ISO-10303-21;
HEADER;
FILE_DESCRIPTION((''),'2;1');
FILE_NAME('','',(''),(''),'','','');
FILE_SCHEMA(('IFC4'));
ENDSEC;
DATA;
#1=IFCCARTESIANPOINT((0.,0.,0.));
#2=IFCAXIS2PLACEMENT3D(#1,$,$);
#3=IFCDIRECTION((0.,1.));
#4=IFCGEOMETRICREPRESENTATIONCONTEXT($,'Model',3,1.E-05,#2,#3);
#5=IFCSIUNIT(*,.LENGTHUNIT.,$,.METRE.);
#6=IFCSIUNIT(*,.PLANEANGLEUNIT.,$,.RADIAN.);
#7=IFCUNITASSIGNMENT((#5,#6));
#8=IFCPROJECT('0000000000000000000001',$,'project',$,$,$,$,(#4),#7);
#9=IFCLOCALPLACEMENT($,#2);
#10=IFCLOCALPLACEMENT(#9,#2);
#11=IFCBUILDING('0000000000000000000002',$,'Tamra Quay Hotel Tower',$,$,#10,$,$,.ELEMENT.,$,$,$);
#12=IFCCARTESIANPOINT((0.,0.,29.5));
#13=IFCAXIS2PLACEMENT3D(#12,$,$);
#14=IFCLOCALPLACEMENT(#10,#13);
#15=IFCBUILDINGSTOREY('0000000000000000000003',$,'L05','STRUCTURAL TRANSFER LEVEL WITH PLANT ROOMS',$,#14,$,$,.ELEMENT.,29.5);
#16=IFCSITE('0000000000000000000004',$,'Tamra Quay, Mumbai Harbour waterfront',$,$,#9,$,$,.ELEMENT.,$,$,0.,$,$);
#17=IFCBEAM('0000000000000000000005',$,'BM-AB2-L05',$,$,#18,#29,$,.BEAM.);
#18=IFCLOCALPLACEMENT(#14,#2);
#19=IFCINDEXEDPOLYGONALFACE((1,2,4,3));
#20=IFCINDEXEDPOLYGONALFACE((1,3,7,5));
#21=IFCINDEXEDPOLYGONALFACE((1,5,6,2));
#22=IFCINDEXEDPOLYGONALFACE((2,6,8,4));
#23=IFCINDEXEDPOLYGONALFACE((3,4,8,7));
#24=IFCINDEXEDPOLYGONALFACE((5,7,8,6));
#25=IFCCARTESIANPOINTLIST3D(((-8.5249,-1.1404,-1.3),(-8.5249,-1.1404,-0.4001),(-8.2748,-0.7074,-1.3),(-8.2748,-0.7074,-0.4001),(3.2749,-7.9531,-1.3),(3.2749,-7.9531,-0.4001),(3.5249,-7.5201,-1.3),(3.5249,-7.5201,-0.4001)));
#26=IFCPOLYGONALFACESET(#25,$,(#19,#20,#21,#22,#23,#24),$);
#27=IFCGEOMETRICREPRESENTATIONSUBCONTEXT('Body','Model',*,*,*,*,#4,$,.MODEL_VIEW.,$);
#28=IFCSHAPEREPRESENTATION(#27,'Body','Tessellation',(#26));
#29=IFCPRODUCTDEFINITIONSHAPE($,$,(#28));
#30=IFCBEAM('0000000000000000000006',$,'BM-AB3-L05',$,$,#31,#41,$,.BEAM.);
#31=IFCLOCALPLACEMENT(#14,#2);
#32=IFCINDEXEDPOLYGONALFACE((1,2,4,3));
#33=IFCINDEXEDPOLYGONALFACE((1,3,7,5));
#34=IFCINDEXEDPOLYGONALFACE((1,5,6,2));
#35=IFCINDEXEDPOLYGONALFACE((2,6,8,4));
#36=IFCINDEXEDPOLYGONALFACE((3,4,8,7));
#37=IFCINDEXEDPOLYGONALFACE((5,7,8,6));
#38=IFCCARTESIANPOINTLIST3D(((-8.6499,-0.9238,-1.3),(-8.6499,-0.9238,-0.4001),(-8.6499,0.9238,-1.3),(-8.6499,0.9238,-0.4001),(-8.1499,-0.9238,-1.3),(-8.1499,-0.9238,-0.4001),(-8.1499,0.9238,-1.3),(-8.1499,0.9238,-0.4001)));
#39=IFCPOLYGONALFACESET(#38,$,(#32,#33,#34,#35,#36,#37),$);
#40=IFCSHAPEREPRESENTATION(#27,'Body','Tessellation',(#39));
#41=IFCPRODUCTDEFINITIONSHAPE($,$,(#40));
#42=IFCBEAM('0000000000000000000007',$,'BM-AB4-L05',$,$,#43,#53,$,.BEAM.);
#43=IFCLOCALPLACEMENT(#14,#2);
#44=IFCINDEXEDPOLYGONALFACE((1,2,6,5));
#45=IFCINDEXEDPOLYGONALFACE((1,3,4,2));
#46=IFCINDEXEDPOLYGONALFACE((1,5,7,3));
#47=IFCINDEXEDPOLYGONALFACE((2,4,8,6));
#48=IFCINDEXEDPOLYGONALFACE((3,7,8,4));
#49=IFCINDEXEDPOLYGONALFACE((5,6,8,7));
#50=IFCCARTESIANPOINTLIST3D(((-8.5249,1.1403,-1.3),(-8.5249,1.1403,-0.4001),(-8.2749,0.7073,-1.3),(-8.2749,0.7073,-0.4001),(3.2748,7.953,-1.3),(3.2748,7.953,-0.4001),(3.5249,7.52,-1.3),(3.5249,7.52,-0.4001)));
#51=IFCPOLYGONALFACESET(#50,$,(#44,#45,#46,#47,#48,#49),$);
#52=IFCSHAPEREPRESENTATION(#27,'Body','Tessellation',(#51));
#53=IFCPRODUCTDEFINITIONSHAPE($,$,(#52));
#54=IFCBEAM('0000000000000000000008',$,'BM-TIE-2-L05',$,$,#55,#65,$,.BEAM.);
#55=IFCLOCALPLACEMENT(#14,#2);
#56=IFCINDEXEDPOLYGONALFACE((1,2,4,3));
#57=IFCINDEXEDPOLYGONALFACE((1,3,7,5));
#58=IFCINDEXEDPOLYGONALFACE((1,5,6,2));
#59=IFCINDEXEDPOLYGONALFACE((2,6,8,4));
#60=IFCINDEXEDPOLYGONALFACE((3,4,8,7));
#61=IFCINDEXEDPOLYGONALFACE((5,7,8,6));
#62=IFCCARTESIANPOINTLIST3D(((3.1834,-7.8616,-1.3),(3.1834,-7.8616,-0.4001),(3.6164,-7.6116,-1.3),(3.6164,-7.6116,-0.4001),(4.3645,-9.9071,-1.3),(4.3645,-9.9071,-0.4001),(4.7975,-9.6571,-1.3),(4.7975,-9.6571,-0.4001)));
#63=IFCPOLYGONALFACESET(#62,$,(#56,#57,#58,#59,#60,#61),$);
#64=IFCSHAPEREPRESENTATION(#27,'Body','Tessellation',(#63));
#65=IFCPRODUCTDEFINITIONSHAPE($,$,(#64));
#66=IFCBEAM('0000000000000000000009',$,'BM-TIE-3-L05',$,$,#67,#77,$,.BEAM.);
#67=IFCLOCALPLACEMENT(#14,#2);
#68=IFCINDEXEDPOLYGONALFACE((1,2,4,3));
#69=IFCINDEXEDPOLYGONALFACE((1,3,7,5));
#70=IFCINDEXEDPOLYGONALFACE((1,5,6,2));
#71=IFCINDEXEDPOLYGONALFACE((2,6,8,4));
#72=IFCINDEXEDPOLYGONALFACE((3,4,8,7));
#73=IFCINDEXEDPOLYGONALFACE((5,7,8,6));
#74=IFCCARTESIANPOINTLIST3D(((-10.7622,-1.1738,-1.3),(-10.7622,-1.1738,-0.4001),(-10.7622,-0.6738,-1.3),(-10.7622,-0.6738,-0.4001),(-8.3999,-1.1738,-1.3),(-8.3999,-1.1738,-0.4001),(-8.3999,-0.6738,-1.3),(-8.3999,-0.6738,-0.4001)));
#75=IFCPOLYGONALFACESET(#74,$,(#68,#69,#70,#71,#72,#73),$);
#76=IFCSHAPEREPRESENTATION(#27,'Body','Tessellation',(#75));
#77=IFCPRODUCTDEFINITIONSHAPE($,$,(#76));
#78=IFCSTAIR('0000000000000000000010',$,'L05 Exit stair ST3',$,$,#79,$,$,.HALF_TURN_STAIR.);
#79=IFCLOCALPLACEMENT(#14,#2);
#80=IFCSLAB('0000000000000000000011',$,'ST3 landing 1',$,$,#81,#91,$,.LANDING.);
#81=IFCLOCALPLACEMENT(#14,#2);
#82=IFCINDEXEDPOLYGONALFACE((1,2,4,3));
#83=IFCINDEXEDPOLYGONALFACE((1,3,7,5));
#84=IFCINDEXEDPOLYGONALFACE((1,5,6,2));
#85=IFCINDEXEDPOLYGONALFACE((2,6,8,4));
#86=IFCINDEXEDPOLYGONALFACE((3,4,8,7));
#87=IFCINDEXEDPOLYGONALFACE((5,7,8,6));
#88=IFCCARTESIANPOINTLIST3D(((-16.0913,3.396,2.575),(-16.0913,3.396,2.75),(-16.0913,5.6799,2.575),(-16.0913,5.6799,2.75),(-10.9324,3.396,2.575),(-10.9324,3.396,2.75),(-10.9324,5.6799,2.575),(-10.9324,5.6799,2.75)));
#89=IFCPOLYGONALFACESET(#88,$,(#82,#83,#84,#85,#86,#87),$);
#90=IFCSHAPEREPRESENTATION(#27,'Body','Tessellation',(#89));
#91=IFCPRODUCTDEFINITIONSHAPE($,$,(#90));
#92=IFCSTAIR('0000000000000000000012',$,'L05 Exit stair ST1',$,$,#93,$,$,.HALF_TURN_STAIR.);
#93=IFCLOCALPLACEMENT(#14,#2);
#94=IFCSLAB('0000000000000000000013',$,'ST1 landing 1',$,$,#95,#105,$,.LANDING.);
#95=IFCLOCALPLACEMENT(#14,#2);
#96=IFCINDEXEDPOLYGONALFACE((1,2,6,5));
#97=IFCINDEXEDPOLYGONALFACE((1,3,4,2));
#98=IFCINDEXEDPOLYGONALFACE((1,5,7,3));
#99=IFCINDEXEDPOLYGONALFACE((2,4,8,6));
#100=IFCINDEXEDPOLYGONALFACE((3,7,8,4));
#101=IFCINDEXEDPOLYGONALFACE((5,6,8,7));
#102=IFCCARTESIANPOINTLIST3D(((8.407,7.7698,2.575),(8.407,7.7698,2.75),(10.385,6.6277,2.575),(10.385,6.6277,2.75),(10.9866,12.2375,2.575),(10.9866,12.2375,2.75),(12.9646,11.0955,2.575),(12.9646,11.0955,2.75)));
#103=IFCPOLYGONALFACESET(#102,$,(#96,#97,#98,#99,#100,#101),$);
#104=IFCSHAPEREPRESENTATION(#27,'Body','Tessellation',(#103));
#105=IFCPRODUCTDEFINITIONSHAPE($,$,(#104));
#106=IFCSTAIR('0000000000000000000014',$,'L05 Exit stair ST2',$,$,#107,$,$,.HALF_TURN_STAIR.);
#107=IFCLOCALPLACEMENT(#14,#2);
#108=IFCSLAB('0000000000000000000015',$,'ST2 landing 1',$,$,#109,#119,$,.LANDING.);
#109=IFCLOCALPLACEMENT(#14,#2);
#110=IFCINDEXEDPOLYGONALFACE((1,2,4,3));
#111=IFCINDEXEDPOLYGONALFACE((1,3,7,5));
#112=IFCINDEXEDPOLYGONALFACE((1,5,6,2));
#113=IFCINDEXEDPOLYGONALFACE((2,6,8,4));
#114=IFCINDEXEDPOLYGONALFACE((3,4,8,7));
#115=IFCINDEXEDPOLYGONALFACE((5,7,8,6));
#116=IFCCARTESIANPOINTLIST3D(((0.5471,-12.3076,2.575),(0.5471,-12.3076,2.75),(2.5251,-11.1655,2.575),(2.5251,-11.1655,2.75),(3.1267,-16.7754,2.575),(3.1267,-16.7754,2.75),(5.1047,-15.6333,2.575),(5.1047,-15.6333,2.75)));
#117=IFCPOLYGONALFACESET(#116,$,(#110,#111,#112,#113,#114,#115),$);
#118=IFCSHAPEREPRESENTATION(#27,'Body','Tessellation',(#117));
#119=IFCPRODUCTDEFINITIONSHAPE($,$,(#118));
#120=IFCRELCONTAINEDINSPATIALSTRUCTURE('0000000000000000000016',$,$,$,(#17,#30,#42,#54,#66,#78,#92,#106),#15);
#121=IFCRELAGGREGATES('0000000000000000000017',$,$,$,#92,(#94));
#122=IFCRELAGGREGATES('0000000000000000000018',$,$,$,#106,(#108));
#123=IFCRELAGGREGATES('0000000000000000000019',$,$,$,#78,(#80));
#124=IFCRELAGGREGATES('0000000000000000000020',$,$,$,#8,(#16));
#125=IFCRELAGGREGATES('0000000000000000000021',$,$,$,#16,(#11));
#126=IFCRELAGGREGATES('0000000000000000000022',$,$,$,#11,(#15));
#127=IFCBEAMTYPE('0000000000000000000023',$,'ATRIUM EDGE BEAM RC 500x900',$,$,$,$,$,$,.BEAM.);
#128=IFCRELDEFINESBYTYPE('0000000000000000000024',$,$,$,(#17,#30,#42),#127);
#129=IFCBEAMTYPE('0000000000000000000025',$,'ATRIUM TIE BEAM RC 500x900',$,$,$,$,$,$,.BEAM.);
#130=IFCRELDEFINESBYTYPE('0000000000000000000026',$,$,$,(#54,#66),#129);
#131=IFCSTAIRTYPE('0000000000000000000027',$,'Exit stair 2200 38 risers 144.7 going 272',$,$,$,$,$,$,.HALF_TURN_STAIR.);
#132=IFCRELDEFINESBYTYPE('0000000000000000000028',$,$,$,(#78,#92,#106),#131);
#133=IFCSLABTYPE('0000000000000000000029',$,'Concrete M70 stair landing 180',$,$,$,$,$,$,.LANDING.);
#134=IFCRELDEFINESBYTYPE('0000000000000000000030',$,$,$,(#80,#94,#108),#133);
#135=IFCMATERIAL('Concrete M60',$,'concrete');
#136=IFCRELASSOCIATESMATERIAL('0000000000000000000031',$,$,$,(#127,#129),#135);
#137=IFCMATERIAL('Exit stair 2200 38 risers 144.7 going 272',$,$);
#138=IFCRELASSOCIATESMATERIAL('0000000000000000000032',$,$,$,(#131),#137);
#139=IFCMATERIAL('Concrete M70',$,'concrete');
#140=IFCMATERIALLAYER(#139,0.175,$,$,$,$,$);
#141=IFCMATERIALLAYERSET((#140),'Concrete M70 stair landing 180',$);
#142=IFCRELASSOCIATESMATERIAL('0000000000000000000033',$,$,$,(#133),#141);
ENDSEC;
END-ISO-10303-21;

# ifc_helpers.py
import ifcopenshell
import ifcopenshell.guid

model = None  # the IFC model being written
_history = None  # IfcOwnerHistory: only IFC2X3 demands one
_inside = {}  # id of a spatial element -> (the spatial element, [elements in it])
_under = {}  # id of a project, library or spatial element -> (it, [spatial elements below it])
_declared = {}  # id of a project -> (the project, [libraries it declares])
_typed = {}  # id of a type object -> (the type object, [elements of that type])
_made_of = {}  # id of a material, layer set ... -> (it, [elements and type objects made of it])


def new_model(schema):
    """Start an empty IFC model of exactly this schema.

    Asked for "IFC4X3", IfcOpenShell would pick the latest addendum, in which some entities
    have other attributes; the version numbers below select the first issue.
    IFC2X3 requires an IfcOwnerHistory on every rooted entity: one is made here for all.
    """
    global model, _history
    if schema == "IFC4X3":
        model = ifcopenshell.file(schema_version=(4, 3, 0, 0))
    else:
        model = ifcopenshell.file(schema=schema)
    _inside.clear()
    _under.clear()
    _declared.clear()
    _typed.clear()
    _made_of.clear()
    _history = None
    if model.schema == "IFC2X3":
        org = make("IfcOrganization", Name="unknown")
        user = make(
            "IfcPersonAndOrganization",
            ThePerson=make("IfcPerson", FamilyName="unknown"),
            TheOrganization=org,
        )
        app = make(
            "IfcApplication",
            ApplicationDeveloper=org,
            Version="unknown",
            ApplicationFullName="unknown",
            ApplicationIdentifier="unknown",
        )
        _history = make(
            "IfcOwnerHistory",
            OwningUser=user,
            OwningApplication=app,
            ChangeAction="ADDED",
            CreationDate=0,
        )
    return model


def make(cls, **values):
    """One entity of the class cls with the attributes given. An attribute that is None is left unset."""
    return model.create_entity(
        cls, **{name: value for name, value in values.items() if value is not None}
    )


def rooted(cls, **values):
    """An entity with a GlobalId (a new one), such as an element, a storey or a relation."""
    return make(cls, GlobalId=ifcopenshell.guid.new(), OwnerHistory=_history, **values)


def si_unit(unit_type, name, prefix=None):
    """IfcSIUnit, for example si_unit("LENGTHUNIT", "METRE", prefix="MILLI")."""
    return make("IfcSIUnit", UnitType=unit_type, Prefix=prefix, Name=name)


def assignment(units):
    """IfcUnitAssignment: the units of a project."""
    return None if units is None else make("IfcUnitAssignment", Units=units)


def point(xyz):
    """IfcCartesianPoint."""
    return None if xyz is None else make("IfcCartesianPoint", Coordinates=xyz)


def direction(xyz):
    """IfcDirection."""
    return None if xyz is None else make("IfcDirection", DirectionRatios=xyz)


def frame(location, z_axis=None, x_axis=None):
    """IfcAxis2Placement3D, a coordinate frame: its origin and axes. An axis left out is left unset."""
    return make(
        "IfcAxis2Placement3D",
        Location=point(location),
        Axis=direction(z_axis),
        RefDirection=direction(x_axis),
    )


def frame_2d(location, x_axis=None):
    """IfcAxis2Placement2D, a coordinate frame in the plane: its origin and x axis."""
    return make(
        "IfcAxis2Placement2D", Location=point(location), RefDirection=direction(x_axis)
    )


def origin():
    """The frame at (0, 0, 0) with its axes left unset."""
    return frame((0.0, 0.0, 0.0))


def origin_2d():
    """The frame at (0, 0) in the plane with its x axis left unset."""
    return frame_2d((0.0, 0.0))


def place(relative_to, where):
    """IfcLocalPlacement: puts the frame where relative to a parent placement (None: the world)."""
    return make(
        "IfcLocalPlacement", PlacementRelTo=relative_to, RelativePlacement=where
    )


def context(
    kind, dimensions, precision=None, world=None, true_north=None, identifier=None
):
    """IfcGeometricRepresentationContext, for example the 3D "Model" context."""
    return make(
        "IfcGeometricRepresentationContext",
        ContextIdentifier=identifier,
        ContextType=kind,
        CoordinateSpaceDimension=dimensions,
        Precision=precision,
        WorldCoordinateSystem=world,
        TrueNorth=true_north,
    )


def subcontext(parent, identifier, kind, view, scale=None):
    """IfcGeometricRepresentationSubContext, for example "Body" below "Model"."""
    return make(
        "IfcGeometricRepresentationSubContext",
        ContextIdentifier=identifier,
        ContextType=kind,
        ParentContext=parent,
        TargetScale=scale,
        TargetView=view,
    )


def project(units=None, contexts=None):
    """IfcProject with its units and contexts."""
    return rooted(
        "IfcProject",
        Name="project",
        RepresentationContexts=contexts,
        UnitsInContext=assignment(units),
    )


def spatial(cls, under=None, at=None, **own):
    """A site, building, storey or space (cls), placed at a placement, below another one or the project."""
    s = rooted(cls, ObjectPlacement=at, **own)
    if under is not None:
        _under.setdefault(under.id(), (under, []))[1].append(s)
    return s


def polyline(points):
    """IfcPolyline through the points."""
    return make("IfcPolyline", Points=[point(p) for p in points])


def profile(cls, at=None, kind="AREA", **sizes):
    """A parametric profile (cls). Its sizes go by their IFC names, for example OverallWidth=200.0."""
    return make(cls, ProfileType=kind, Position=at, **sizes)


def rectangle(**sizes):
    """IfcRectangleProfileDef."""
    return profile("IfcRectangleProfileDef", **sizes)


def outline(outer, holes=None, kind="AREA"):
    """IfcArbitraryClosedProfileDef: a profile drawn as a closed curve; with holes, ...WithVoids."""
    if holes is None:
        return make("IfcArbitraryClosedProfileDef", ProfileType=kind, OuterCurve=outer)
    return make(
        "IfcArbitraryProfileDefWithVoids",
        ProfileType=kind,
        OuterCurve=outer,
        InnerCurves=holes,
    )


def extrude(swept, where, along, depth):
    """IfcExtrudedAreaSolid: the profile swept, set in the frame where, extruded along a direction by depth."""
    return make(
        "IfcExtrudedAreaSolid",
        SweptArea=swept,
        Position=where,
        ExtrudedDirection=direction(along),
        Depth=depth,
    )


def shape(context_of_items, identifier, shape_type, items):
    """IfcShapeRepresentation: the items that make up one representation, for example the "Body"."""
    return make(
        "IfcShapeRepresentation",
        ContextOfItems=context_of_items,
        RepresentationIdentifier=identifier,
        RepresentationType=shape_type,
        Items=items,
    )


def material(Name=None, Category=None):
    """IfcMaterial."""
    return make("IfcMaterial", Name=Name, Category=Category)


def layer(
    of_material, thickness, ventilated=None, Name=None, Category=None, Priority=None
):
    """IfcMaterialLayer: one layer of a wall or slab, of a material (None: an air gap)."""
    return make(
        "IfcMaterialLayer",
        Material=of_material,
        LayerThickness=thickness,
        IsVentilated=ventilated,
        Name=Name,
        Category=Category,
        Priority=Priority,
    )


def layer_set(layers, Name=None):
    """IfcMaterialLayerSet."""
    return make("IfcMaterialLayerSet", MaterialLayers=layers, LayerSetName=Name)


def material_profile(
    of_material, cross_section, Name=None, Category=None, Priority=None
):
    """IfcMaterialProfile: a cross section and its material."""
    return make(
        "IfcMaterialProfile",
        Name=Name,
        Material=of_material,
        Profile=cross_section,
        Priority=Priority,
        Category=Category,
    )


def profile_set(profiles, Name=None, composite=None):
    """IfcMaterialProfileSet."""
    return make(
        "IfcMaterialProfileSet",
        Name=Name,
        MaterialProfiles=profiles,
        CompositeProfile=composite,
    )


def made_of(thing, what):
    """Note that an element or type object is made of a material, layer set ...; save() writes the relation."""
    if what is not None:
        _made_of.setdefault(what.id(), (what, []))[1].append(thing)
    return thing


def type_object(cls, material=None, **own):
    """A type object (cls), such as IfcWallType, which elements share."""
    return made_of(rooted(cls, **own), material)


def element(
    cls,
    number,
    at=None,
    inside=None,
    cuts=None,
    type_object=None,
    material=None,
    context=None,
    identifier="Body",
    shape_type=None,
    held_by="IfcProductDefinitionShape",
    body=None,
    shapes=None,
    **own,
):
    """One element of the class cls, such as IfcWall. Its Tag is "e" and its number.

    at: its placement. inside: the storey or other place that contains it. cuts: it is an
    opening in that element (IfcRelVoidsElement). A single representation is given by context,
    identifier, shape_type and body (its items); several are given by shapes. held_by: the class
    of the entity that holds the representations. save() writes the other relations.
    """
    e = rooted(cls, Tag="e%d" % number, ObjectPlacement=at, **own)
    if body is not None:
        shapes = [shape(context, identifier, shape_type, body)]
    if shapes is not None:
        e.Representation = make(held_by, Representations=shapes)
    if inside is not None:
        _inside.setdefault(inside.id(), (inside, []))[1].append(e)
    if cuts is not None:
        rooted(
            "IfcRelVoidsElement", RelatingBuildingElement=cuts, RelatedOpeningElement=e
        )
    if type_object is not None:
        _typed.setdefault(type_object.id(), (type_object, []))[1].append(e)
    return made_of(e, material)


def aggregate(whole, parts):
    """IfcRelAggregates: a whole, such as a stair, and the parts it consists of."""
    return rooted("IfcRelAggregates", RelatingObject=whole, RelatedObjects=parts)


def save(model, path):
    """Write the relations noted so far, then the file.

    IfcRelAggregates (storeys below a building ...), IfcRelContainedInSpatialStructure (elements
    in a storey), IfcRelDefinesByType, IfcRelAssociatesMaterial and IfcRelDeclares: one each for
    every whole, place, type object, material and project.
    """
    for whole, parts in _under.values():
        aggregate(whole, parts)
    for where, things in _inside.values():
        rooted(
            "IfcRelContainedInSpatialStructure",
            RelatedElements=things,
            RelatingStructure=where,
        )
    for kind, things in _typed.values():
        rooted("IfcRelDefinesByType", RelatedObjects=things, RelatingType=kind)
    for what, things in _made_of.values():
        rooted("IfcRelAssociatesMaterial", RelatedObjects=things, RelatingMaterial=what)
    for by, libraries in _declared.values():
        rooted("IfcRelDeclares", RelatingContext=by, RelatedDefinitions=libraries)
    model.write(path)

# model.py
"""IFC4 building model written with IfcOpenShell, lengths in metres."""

from ifc_helpers import new_model, si_unit, direction, frame, origin, origin_2d, place, context, subcontext, project, spatial, polyline, rectangle, outline, extrude, material, layer, layer_set, material_profile, profile_set, type_object, element, aggregate, save


model = new_model("IFC4")

# Units and contexts
model_context = context("Model", 3, precision=1e-05, world=origin(), true_north=direction((0.0, 1.0)))
body_context = subcontext(model_context, "Body", "Model", "MODEL_VIEW")
ifc_project = project(units=[si_unit("LENGTHUNIT", "METRE"), si_unit("PLANEANGLEUNIT", "RADIAN")], contexts=[model_context])

# Site, building, storey
site_placement = place(None, origin())
site = spatial("IfcSite", under=ifc_project, at=site_placement, Name="Tamra Quay, Mumbai Harbour waterfront", CompositionType="ELEMENT", RefElevation=0.0)
building_placement = place(site_placement, origin())
building = spatial("IfcBuilding", under=site, at=building_placement, Name="Tamra Quay Hotel Tower", CompositionType="ELEMENT")
storey_placement = place(building_placement, frame((0.0, 0.0, 29.5)))
storey = spatial("IfcBuildingStorey", under=building, at=storey_placement, Name="L05", Description="STRUCTURAL TRANSFER LEVEL WITH PLANT ROOMS", CompositionType="ELEMENT", Elevation=29.5)

# Beams
ifc_material_1 = material(Name="Concrete M60", Category="concrete")
ifc_material_profile_1 = material_profile(ifc_material_1, rectangle(XDim=0.5, YDim=0.8999, at=origin_2d()), Name="ATRIUM EDGE BEAM RC 500x900")
ifc_profile_set_1 = profile_set([ifc_material_profile_1], Name="Concrete M60")
beam_type_1 = type_object("IfcBeamType", Name="ATRIUM EDGE BEAM RC 500x900", PredefinedType="BEAM", material=ifc_profile_set_1)
beam_1_placement = place(storey_placement, frame((3.3999, -7.7366, -0.8501), z_axis=(-0.866021, 0.500007, 0.0), x_axis=(-0.500007, -0.866021, 0.0)))
element("IfcBeam", 1, at=beam_1_placement, inside=storey, type_object=beam_type_1, Name="BM-AB2-L05", PredefinedType="BEAM", context=body_context, shape_type="SweptSolid", body=[
    extrude(rectangle(XDim=0.5, YDim=0.8999, at=origin_2d()), origin(), (0.0, 0.0, 1.0), 13.6252),
])
beam_2_placement = place(storey_placement, frame((-8.3999, -0.9238, -0.8501), z_axis=(0.0, 1.0, 0.0), x_axis=(-1.0, 0.0, 0.0)))
element("IfcBeam", 2, at=beam_2_placement, inside=storey, type_object=beam_type_1, Name="BM-AB3-L05", PredefinedType="BEAM", context=body_context, shape_type="SweptSolid", body=[
    extrude(rectangle(XDim=0.5, YDim=0.8999, at=origin_2d()), origin(), (0.0, 0.0, 1.0), 1.8477),
])
beam_3_placement = place(storey_placement, frame((-8.3999, 0.9238, -0.8501), z_axis=(0.866021, 0.500007, 0.0), x_axis=(-0.500007, 0.866021, 0.0)))
element("IfcBeam", 3, at=beam_3_placement, inside=storey, type_object=beam_type_1, Name="BM-AB4-L05", PredefinedType="BEAM", context=body_context, shape_type="SweptSolid", body=[
    extrude(rectangle(XDim=0.5, YDim=0.8999, at=origin_2d()), origin(), (0.0, 0.0, 1.0), 13.6252),
])
ifc_material_profile_2 = material_profile(ifc_material_1, rectangle(XDim=0.5, YDim=0.8999, at=origin_2d()), Name="ATRIUM TIE BEAM RC 500x900")
ifc_profile_set_2 = profile_set([ifc_material_profile_2], Name="Concrete M60")
beam_type_2 = type_object("IfcBeamType", Name="ATRIUM TIE BEAM RC 500x900", PredefinedType="BEAM", material=ifc_profile_set_2)
beam_4_placement = place(storey_placement, frame((3.3999, -7.7366, -0.8501), z_axis=(0.50003, -0.866008, 0.0), x_axis=(0.866008, 0.50003, 0.0)))
element("IfcBeam", 4, at=beam_4_placement, inside=storey, type_object=beam_type_2, Name="BM-TIE-2-L05", PredefinedType="BEAM", context=body_context, shape_type="SweptSolid", body=[
    extrude(rectangle(XDim=0.5, YDim=0.8999, at=origin_2d()), origin(), (0.0, 0.0, 1.0), 2.3621),
])
beam_5_placement = place(storey_placement, frame((-8.3999, -0.9238, -0.8501), z_axis=(-1.0, 0.0, 0.0), x_axis=(0.0, -1.0, 0.0)))
element("IfcBeam", 5, at=beam_5_placement, inside=storey, type_object=beam_type_2, Name="BM-TIE-3-L05", PredefinedType="BEAM", context=body_context, shape_type="SweptSolid", body=[
    extrude(rectangle(XDim=0.5, YDim=0.8999, at=origin_2d()), origin(), (0.0, 0.0, 1.0), 2.3623),
])

# Stairs, slabs
ifc_material_2 = material(Name="Exit stair 2200 38 risers 144.7 going 272")
stair_type = type_object("IfcStairType", Name="Exit stair 2200 38 risers 144.7 going 272", PredefinedType="HALF_TURN_STAIR", material=ifc_material_2)
stair_1_placement = place(storey_placement, origin())
stair_1 = element("IfcStair", 6, at=stair_1_placement, inside=storey, type_object=stair_type, Name="L05 Exit stair ST3", PredefinedType="HALF_TURN_STAIR")
ifc_material_3 = material(Name="Concrete M70", Category="concrete")
ifc_layer_1 = layer(ifc_material_3, 0.175)
ifc_layer_set_1 = layer_set([ifc_layer_1], Name="Concrete M70 stair landing 180")
slab_type_1 = type_object("IfcSlabType", Name="Concrete M70 stair landing 180", PredefinedType="LANDING", material=ifc_layer_set_1)
slab_1_placement = place(storey_placement, frame((0.0, 0.0, 2.575)))
slab_1 = element("IfcSlab", 7, at=slab_1_placement, type_object=slab_type_1, Name="ST3 landing 1", PredefinedType="LANDING", context=body_context, shape_type="SweptSolid", body=[
    extrude(outline(polyline([(-10.9324, 3.396), (-10.9324, 5.6799), (-16.0913, 5.6799), (-16.0913, 3.396), (-10.9324, 3.396)])), origin(), (0.0, 0.0, 1.0), 0.175),
])
stair_2_placement = place(storey_placement, origin())
stair_2 = element("IfcStair", 8, at=stair_2_placement, inside=storey, type_object=stair_type, Name="L05 Exit stair ST1", PredefinedType="HALF_TURN_STAIR")
slab_2_placement = place(storey_placement, frame((0.0, 0.0, 2.575)))
slab_2 = element("IfcSlab", 9, at=slab_2_placement, type_object=slab_type_1, Name="ST1 landing 1", PredefinedType="LANDING", context=body_context, shape_type="SweptSolid", body=[
    extrude(outline(polyline([(8.407, 7.7698), (10.385, 6.6277), (12.9646, 11.0955), (10.9866, 12.2375), (8.407, 7.7698)])), origin(), (0.0, 0.0, 1.0), 0.175),
])
aggregate(stair_2, [slab_2])
stair_3_placement = place(storey_placement, origin())
stair_3 = element("IfcStair", 10, at=stair_3_placement, inside=storey, type_object=stair_type, Name="L05 Exit stair ST2", PredefinedType="HALF_TURN_STAIR")
slab_3_placement = place(storey_placement, frame((0.0, 0.0, 2.575)))
slab_3 = element("IfcSlab", 11, at=slab_3_placement, type_object=slab_type_1, Name="ST2 landing 1", PredefinedType="LANDING", context=body_context, shape_type="SweptSolid", body=[
    extrude(outline(polyline([(2.5251, -11.1655), (0.5471, -12.3076), (3.1267, -16.7754), (5.1047, -15.6333), (2.5251, -11.1655)])), origin(), (0.0, 0.0, 1.0), 0.175),
])
aggregate(stair_3, [slab_3])

aggregate(stair_1, [slab_1])

save(model, "model.ifc")
